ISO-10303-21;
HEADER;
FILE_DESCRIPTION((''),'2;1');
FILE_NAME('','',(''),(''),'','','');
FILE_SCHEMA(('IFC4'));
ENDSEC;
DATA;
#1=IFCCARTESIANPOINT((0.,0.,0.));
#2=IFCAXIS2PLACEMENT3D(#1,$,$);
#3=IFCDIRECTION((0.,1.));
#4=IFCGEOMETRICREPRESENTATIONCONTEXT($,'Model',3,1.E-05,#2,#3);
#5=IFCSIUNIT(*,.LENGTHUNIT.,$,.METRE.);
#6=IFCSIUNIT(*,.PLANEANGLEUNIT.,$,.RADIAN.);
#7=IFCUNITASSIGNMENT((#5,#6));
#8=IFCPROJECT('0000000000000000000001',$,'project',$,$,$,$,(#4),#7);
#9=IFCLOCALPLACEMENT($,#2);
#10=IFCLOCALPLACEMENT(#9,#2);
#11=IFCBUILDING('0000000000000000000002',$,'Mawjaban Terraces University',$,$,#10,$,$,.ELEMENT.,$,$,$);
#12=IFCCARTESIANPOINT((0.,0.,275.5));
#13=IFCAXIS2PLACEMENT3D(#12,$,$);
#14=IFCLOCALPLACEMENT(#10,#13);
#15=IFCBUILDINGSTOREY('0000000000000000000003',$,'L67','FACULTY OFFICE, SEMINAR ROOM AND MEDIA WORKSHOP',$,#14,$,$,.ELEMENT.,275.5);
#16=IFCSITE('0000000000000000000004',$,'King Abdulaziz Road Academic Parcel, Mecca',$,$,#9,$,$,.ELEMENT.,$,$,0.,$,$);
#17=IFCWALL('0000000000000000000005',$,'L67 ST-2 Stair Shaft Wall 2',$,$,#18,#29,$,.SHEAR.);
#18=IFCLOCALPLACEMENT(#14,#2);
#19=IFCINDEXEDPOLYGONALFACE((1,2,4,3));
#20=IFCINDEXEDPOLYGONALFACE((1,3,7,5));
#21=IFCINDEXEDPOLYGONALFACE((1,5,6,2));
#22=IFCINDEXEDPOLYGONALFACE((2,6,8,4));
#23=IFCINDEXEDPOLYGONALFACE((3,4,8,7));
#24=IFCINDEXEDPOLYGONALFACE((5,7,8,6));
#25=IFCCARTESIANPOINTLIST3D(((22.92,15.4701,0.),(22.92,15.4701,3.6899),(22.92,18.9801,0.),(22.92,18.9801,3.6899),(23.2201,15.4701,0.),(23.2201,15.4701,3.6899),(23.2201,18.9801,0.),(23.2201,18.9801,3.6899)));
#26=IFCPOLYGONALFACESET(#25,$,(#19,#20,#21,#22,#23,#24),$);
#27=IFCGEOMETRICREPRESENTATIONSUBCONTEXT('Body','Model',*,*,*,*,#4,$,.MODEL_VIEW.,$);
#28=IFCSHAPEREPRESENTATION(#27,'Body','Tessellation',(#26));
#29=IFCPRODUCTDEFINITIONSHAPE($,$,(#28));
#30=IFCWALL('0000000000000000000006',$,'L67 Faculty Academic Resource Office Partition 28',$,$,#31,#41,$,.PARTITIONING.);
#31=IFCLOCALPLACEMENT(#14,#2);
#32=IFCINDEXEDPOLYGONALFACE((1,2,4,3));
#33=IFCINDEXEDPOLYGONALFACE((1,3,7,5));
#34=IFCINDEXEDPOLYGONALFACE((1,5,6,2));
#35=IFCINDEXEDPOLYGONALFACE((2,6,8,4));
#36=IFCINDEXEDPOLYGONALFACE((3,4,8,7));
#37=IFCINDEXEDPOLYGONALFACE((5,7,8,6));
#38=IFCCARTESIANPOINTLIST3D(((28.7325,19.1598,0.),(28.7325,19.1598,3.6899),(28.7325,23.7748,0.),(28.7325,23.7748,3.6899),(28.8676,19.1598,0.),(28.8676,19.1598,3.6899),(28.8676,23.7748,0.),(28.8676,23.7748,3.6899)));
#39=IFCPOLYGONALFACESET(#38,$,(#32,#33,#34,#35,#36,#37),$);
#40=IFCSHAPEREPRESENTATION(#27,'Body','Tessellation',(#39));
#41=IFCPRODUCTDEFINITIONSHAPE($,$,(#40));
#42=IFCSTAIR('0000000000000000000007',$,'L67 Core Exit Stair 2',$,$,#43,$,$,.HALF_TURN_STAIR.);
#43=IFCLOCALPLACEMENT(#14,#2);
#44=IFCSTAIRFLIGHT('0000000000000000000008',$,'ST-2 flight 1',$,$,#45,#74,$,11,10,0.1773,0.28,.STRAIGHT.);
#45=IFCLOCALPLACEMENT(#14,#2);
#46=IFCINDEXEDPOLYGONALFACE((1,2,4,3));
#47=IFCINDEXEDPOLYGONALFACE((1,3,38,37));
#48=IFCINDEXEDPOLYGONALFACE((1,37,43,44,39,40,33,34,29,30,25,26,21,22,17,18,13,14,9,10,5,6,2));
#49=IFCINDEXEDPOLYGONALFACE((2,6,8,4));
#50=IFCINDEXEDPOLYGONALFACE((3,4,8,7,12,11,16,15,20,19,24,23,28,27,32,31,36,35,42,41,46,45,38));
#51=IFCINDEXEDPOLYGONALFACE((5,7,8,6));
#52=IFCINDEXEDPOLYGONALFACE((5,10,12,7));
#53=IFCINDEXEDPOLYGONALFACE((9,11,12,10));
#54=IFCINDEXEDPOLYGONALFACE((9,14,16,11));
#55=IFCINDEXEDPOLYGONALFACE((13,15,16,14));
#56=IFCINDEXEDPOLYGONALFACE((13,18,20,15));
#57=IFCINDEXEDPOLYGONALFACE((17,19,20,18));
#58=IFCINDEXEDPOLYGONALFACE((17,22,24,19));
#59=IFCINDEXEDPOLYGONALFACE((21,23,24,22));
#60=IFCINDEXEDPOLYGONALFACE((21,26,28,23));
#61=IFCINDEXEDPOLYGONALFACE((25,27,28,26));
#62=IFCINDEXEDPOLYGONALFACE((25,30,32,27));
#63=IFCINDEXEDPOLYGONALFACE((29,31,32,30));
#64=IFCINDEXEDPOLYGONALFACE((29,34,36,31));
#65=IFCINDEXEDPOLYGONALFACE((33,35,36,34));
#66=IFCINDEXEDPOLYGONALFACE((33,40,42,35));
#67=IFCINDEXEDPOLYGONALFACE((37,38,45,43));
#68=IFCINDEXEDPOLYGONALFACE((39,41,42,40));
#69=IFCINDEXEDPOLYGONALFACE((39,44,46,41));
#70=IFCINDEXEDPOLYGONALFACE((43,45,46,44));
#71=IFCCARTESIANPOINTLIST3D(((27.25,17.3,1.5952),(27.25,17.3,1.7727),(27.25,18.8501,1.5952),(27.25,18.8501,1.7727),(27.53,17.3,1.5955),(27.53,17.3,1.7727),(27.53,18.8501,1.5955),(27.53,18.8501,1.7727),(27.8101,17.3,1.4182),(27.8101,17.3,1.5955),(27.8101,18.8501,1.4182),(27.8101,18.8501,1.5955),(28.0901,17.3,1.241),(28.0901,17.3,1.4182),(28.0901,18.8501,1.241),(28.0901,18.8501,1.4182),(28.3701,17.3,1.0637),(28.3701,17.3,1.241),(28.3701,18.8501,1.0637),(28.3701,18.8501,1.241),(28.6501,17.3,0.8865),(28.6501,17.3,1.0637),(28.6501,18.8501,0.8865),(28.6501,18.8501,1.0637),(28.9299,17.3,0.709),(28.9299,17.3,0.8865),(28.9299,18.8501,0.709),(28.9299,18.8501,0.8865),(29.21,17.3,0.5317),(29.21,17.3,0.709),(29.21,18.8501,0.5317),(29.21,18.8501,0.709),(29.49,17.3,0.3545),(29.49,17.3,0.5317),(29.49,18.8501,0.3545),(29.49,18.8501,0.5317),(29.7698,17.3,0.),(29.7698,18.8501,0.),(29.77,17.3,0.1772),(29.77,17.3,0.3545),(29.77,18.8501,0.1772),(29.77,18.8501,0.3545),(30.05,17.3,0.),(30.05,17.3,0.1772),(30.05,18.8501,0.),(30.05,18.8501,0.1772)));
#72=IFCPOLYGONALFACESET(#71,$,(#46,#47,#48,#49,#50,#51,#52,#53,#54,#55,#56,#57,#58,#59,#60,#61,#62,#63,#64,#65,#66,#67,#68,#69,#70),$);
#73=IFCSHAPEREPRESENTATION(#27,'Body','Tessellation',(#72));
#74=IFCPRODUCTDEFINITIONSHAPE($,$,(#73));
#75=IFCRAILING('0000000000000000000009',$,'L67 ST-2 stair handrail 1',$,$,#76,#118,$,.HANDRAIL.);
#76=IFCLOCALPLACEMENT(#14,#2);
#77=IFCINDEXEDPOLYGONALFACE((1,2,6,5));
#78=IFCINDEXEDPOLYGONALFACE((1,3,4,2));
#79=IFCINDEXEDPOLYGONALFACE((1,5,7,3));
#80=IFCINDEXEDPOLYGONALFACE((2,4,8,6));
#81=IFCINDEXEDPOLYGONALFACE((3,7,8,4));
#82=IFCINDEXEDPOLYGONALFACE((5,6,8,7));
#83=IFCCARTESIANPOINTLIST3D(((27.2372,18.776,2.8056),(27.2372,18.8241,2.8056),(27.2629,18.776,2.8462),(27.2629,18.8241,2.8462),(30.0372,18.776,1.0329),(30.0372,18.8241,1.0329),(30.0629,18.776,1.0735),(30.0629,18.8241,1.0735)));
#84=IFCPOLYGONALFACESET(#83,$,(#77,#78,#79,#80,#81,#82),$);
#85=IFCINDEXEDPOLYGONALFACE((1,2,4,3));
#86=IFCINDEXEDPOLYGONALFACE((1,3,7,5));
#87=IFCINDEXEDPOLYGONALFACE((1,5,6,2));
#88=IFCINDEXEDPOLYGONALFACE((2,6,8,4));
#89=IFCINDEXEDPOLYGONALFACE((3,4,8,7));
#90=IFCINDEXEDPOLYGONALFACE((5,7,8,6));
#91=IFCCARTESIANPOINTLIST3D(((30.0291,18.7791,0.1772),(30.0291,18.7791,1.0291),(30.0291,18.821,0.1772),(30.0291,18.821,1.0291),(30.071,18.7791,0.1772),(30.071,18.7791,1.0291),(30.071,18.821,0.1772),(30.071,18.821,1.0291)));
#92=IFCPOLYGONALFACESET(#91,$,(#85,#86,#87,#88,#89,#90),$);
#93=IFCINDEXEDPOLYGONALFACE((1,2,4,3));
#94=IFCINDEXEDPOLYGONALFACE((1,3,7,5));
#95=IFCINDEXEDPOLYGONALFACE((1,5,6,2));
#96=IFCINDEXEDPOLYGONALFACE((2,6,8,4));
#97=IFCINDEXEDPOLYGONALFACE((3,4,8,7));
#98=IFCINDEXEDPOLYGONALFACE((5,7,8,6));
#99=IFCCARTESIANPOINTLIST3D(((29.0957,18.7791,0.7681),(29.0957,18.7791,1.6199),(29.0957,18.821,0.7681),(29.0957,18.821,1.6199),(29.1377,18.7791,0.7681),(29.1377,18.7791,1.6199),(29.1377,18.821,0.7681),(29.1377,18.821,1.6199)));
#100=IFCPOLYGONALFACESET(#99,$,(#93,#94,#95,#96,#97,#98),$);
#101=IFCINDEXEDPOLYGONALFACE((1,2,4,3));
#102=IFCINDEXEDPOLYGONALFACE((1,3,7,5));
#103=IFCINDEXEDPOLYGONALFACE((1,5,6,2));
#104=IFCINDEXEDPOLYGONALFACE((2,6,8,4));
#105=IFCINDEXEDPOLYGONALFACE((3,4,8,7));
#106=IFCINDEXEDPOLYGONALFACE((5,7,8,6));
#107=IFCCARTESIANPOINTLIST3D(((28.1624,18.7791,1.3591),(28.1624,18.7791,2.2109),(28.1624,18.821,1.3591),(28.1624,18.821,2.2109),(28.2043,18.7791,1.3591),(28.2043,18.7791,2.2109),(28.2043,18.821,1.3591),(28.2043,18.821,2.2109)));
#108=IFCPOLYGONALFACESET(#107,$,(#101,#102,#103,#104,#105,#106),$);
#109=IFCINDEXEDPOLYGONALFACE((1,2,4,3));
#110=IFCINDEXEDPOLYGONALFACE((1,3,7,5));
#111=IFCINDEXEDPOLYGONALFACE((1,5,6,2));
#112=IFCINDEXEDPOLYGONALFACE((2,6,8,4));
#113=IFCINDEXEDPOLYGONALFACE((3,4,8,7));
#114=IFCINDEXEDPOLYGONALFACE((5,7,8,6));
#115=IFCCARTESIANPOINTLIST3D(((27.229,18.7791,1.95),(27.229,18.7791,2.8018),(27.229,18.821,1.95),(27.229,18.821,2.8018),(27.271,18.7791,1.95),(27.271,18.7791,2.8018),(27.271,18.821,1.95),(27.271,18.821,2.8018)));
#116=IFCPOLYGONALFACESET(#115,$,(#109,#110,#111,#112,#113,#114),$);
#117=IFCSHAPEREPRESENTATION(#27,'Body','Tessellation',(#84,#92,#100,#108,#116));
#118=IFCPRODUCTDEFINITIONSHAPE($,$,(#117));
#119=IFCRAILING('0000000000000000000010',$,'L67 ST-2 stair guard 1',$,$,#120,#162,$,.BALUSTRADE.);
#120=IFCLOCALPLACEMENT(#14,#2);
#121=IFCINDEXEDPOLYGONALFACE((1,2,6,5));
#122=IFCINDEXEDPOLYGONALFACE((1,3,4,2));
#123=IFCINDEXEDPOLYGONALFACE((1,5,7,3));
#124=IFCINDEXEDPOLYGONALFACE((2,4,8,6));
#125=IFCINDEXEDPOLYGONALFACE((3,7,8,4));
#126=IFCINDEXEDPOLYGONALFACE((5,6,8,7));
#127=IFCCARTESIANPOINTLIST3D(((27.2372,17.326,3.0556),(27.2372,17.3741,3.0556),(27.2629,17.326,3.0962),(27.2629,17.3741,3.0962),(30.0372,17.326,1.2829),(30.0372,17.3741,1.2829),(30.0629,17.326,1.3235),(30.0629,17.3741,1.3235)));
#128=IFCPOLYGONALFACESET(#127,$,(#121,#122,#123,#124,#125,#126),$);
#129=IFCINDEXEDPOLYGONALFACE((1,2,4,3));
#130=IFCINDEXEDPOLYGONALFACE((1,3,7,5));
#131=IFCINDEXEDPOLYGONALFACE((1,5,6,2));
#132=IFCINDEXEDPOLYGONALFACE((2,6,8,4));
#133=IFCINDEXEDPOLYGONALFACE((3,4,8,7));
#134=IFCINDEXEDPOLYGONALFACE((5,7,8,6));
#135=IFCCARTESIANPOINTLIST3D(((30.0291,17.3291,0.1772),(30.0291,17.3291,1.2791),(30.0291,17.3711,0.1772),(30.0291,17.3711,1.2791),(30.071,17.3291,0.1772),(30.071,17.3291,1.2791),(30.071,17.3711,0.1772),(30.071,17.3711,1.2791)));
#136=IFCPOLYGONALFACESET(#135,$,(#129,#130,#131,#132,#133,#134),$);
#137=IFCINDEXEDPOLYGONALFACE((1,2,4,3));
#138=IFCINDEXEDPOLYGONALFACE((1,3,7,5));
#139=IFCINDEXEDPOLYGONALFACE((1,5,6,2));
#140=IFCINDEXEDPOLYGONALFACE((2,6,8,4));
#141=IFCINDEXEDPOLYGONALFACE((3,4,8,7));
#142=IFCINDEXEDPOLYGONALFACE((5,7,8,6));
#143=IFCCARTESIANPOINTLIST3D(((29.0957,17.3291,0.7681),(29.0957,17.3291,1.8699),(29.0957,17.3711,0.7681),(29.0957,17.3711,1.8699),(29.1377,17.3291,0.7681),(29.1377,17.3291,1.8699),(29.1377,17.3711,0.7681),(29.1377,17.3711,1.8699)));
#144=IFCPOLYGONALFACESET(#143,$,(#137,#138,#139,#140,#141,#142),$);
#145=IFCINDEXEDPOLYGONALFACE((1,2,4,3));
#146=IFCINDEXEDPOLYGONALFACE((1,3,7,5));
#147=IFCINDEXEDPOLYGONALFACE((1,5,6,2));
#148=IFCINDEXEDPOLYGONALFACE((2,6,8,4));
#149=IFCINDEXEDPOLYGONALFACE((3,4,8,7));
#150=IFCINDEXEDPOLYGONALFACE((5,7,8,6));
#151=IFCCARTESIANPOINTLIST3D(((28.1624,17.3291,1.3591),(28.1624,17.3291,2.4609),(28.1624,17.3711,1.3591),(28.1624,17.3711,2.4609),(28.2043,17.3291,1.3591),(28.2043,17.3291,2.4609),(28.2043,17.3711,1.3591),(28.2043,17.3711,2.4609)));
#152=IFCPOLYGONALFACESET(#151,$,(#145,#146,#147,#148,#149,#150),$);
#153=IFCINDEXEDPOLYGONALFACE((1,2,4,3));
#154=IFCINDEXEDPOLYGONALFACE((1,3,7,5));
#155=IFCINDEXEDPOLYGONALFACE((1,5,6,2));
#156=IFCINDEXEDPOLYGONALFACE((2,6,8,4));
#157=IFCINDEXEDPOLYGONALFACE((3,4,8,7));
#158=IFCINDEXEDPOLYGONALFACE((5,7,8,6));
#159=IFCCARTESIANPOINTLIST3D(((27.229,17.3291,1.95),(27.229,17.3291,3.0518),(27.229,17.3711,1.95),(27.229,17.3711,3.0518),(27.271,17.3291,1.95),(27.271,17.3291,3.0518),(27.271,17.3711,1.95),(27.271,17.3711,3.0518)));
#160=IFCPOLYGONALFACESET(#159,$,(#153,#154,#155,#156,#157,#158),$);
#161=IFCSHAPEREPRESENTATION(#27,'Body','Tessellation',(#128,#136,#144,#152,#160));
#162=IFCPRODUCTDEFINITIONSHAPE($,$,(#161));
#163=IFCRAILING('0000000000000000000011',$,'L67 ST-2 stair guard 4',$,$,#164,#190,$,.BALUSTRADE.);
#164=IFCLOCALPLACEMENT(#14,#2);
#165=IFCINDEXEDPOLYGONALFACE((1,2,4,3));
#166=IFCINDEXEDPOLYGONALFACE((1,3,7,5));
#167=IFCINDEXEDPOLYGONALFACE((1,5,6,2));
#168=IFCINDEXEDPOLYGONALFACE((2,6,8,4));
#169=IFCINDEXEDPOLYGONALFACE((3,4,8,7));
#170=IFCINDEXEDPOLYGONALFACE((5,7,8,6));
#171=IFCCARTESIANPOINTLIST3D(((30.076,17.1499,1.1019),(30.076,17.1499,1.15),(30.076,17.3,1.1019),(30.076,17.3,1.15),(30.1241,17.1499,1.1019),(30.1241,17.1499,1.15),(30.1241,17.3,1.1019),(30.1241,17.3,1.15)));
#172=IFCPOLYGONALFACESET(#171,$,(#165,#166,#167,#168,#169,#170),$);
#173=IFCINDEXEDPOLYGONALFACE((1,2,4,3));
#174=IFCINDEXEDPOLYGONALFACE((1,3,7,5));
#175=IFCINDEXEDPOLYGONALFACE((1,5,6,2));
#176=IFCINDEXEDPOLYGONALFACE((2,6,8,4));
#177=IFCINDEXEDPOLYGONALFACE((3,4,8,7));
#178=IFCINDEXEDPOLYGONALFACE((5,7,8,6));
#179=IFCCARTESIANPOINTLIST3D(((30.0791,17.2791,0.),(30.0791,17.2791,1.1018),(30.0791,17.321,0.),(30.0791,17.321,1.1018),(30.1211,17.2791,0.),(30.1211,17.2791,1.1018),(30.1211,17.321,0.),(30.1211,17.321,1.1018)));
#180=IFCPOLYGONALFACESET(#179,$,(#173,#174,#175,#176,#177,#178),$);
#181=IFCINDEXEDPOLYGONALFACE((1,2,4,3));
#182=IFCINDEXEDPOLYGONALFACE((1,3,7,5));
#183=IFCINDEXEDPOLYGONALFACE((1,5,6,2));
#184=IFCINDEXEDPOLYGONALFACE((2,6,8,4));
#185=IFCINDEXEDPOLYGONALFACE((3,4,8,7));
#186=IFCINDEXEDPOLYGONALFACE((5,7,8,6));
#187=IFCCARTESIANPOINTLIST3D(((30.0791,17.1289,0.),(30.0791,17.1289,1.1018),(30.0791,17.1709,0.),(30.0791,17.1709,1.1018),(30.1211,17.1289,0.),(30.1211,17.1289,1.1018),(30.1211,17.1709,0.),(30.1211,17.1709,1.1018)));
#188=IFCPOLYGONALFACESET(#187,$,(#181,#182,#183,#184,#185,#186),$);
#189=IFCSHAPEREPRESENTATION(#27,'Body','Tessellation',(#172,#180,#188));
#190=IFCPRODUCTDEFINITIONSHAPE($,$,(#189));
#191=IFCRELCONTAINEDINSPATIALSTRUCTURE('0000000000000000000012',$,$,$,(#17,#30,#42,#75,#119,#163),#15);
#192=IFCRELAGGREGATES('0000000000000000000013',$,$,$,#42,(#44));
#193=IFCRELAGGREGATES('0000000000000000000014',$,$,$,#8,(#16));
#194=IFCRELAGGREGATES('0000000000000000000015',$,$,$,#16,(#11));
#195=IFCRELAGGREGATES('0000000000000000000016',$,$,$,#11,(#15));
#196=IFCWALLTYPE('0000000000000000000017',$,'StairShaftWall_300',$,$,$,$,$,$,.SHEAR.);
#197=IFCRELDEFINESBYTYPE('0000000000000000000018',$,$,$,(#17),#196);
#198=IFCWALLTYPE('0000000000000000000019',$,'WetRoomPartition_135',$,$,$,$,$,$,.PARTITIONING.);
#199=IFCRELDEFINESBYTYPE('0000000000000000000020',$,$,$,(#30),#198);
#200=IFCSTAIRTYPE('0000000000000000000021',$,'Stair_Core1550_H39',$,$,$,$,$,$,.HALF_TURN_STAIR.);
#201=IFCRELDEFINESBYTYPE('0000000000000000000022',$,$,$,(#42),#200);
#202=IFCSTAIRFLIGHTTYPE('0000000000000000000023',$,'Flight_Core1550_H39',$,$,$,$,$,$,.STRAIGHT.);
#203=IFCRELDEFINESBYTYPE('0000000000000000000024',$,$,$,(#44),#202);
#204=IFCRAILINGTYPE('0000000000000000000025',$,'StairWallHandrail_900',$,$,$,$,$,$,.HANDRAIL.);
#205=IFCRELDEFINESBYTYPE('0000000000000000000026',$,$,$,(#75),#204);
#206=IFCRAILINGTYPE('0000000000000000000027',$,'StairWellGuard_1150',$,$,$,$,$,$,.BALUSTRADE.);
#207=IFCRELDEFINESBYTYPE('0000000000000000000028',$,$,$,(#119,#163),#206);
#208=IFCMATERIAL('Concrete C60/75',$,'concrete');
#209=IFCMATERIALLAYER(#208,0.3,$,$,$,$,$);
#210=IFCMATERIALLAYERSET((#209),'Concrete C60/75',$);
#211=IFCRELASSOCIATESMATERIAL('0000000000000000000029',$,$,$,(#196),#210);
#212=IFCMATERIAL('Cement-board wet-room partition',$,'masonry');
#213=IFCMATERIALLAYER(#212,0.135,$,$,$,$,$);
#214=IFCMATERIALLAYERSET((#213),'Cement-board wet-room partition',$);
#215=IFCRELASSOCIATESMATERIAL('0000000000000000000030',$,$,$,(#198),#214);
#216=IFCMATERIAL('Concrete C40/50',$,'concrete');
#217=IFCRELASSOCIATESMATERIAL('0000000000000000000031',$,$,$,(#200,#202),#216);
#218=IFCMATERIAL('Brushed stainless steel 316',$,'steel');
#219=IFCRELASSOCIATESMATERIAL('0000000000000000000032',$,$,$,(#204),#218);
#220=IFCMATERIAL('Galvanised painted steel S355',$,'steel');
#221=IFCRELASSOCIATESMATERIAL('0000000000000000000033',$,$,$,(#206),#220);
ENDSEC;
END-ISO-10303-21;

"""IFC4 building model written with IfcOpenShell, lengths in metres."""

from ifc_helpers import new_model, si_unit, direction, frame, frame_2d, origin, origin_2d, place, context, subcontext, project, spatial, polyline, rectangle, outline, extrude, material, layer, layer_set, type_object, element, aggregate, save


model = new_model("IFC4")

# Units and contexts
model_context = context("Model", 3, precision=1e-05, world=origin(), true_north=direction((0.0, 1.0)))
body_context = subcontext(model_context, "Body", "Model", "MODEL_VIEW")
ifc_project = project(units=[si_unit("LENGTHUNIT", "METRE"), si_unit("PLANEANGLEUNIT", "RADIAN")], contexts=[model_context])

# Site, building, storey
site_placement = place(None, origin())
site = spatial("IfcSite", under=ifc_project, at=site_placement, Name="King Abdulaziz Road Academic Parcel, Mecca", CompositionType="ELEMENT", RefElevation=0.0)
building_placement = place(site_placement, origin())
building = spatial("IfcBuilding", under=site, at=building_placement, Name="Mawjaban Terraces University", CompositionType="ELEMENT")
storey_placement = place(building_placement, frame((0.0, 0.0, 275.5)))
storey = spatial("IfcBuildingStorey", under=building, at=storey_placement, Name="L67", Description="FACULTY OFFICE, SEMINAR ROOM AND MEDIA WORKSHOP", CompositionType="ELEMENT", Elevation=275.5)

# Walls
ifc_material_1 = material(Name="Concrete C40/50", Category="concrete")
ifc_material_2 = material(Name="Concrete C60/75", Category="concrete")
ifc_layer_1 = layer(ifc_material_2, 0.3)
ifc_layer_set_1 = layer_set([ifc_layer_1], Name="Concrete C60/75")
wall_type_1 = type_object("IfcWallType", Name="StairShaftWall_300", PredefinedType="SHEAR", material=ifc_layer_set_1)
wall_1_placement = place(storey_placement, frame((23.0701, 18.98, 0.0), z_axis=(0.0, 0.0, 1.0), x_axis=(0.0, -1.0, 0.0)))
element("IfcWall", 1, at=wall_1_placement, inside=storey, type_object=wall_type_1, Name="L67 ST-2 Stair Shaft Wall 2", PredefinedType="SHEAR", context=body_context, shape_type="SweptSolid", body=[
    extrude(rectangle(XDim=3.51, YDim=0.3, at=frame_2d((1.7549, 0.0))), origin(), (0.0, 0.0, 1.0), 3.6899),
])
ifc_material_3 = material(Name="Cement-board wet-room partition", Category="masonry")
ifc_layer_2 = layer(ifc_material_3, 0.135)
ifc_layer_set_2 = layer_set([ifc_layer_2], Name="Cement-board wet-room partition")
wall_type_2 = type_object("IfcWallType", Name="WetRoomPartition_135", PredefinedType="PARTITIONING", material=ifc_layer_set_2)
wall_2_placement = place(storey_placement, frame((28.8, 23.7749, 0.0), z_axis=(0.0, 0.0, 1.0), x_axis=(0.0, -1.0, 0.0)))
element("IfcWall", 2, at=wall_2_placement, inside=storey, type_object=wall_type_2, Name="L67 Faculty Academic Resource Office Partition 28", PredefinedType="PARTITIONING", context=body_context, shape_type="SweptSolid", body=[
    extrude(rectangle(XDim=4.615, YDim=0.135, at=frame_2d((2.3076, 0.0))), origin(), (0.0, 0.0, 1.0), 3.6899),
])

# Stair, stair flight
stair_type = type_object("IfcStairType", Name="Stair_Core1550_H39", PredefinedType="HALF_TURN_STAIR", material=ifc_material_1)
stair_placement = place(storey_placement, origin())
stair = element("IfcStair", 3, at=stair_placement, inside=storey, type_object=stair_type, Name="L67 Core Exit Stair 2", PredefinedType="HALF_TURN_STAIR")
stair_flight_type = type_object("IfcStairFlightType", Name="Flight_Core1550_H39", PredefinedType="STRAIGHT", material=ifc_material_1)
stair_flight_placement = place(storey_placement, frame((30.05, 18.075, 0.0), z_axis=(0.0, 0.0, 1.0), x_axis=(-1.0, 0.0, 0.0)))
stair_flight = element("IfcStairFlight", 4, at=stair_flight_placement, type_object=stair_flight_type, Name="ST-2 flight 1", NumberOfRisers=11, NumberOfTreads=10, PredefinedType="STRAIGHT", RiserHeight=0.1773, TreadLength=0.28, context=body_context, shape_type="SweptSolid", body=[
    extrude(outline(polyline([(0.0, 0.0), (0.0, 0.1772), (0.28, 0.1772), (0.28, 0.3545), (0.5601, 0.3545), (0.5601, 0.5317), (0.8401, 0.5317), (0.8401, 0.709), (1.1201, 0.709), (1.1201, 0.8865), (1.3999, 0.8865), (1.3999, 1.0637), (1.6799, 1.0637), (1.6799, 1.241), (1.96, 1.241), (1.96, 1.4182), (2.24, 1.4182), (2.24, 1.5955), (2.52, 1.5955), (2.52, 1.7727), (2.8, 1.7727), (2.8, 1.95), (2.8, 1.5952), (0.2803, 0.0), (0.0, 0.0)])), frame((0.0, 0.7749, 0.0), z_axis=(0.0, -1.0, 0.0), x_axis=(1.0, 0.0, 0.0)), (0.0, 0.0, 1.0), 1.55),
])
aggregate(stair, [stair_flight])

# Railings
ifc_material_4 = material(Name="Brushed stainless steel 316", Category="steel")
railing_type_1 = type_object("IfcRailingType", Name="StairWallHandrail_900", PredefinedType="HANDRAIL", material=ifc_material_4)
railing_1_placement = place(storey_placement, frame((30.05, 18.8, 0.1772)))
element("IfcRailing", 5, at=railing_1_placement, inside=storey, type_object=railing_type_1, Name="L67 ST-2 stair handrail 1", PredefinedType="HANDRAIL", context=body_context, shape_type="SweptSolid", body=[
    extrude(rectangle(XDim=0.0481, YDim=0.0481, at=origin_2d()), frame((0.0, 0.0, 0.876), z_axis=(-0.844909, 0.0, 0.53491), x_axis=(0.0, -1.0, 0.0)), (0.0, 0.0, 1.0), 3.314),
    extrude(rectangle(XDim=0.042, YDim=0.042, at=origin_2d()), origin(), (0.0, 0.0, 1.0), 0.8518),
    extrude(rectangle(XDim=0.042, YDim=0.042, at=origin_2d()), frame((-0.9333, 0.0, 0.5908)), (0.0, 0.0, 1.0), 0.8518),
    extrude(rectangle(XDim=0.042, YDim=0.042, at=origin_2d()), frame((-1.8667, 0.0, 1.1819)), (0.0, 0.0, 1.0), 0.8518),
    extrude(rectangle(XDim=0.042, YDim=0.042, at=origin_2d()), frame((-2.8, 0.0, 1.7727)), (0.0, 0.0, 1.0), 0.8518),
])
ifc_material_5 = material(Name="Galvanised painted steel S355", Category="steel")
railing_type_2 = type_object("IfcRailingType", Name="StairWellGuard_1150", PredefinedType="BALUSTRADE", material=ifc_material_5)
railing_2_placement = place(storey_placement, frame((30.05, 17.3501, 0.1772)))
element("IfcRailing", 6, at=railing_2_placement, inside=storey, type_object=railing_type_2, Name="L67 ST-2 stair guard 1", PredefinedType="BALUSTRADE", context=body_context, shape_type="SweptSolid", body=[
    extrude(rectangle(XDim=0.0481, YDim=0.0481, at=origin_2d()), frame((0.0, 0.0, 1.126), z_axis=(-0.844909, 0.0, 0.53491), x_axis=(0.0, -1.0, 0.0)), (0.0, 0.0, 1.0), 3.314),
    extrude(rectangle(XDim=0.042, YDim=0.042, at=origin_2d()), origin(), (0.0, 0.0, 1.0), 1.1018),
    extrude(rectangle(XDim=0.042, YDim=0.042, at=origin_2d()), frame((-0.9333, 0.0, 0.5908)), (0.0, 0.0, 1.0), 1.1018),
    extrude(rectangle(XDim=0.042, YDim=0.042, at=origin_2d()), frame((-1.8667, 0.0, 1.1819)), (0.0, 0.0, 1.0), 1.1018),
    extrude(rectangle(XDim=0.042, YDim=0.042, at=origin_2d()), frame((-2.8, 0.0, 1.7727)), (0.0, 0.0, 1.0), 1.1018),
])
railing_3_placement = place(storey_placement, frame((30.1001, 17.3, 0.0)))
element("IfcRailing", 7, at=railing_3_placement, inside=storey, type_object=railing_type_2, Name="L67 ST-2 stair guard 4", PredefinedType="BALUSTRADE", context=body_context, shape_type="SweptSolid", body=[
    extrude(rectangle(XDim=0.0481, YDim=0.0481, at=origin_2d()), frame((0.0, 0.0, 1.126), z_axis=(0.0, -1.0, 0.0), x_axis=(1.0, 0.0, 0.0)), (0.0, 0.0, 1.0), 0.1501),
    extrude(rectangle(XDim=0.042, YDim=0.042, at=origin_2d()), origin(), (0.0, 0.0, 1.0), 1.1018),
    extrude(rectangle(XDim=0.042, YDim=0.042, at=origin_2d()), frame((0.0, -0.1501, 0.0)), (0.0, 0.0, 1.0), 1.1018),
])

save(model, "model.ifc")
